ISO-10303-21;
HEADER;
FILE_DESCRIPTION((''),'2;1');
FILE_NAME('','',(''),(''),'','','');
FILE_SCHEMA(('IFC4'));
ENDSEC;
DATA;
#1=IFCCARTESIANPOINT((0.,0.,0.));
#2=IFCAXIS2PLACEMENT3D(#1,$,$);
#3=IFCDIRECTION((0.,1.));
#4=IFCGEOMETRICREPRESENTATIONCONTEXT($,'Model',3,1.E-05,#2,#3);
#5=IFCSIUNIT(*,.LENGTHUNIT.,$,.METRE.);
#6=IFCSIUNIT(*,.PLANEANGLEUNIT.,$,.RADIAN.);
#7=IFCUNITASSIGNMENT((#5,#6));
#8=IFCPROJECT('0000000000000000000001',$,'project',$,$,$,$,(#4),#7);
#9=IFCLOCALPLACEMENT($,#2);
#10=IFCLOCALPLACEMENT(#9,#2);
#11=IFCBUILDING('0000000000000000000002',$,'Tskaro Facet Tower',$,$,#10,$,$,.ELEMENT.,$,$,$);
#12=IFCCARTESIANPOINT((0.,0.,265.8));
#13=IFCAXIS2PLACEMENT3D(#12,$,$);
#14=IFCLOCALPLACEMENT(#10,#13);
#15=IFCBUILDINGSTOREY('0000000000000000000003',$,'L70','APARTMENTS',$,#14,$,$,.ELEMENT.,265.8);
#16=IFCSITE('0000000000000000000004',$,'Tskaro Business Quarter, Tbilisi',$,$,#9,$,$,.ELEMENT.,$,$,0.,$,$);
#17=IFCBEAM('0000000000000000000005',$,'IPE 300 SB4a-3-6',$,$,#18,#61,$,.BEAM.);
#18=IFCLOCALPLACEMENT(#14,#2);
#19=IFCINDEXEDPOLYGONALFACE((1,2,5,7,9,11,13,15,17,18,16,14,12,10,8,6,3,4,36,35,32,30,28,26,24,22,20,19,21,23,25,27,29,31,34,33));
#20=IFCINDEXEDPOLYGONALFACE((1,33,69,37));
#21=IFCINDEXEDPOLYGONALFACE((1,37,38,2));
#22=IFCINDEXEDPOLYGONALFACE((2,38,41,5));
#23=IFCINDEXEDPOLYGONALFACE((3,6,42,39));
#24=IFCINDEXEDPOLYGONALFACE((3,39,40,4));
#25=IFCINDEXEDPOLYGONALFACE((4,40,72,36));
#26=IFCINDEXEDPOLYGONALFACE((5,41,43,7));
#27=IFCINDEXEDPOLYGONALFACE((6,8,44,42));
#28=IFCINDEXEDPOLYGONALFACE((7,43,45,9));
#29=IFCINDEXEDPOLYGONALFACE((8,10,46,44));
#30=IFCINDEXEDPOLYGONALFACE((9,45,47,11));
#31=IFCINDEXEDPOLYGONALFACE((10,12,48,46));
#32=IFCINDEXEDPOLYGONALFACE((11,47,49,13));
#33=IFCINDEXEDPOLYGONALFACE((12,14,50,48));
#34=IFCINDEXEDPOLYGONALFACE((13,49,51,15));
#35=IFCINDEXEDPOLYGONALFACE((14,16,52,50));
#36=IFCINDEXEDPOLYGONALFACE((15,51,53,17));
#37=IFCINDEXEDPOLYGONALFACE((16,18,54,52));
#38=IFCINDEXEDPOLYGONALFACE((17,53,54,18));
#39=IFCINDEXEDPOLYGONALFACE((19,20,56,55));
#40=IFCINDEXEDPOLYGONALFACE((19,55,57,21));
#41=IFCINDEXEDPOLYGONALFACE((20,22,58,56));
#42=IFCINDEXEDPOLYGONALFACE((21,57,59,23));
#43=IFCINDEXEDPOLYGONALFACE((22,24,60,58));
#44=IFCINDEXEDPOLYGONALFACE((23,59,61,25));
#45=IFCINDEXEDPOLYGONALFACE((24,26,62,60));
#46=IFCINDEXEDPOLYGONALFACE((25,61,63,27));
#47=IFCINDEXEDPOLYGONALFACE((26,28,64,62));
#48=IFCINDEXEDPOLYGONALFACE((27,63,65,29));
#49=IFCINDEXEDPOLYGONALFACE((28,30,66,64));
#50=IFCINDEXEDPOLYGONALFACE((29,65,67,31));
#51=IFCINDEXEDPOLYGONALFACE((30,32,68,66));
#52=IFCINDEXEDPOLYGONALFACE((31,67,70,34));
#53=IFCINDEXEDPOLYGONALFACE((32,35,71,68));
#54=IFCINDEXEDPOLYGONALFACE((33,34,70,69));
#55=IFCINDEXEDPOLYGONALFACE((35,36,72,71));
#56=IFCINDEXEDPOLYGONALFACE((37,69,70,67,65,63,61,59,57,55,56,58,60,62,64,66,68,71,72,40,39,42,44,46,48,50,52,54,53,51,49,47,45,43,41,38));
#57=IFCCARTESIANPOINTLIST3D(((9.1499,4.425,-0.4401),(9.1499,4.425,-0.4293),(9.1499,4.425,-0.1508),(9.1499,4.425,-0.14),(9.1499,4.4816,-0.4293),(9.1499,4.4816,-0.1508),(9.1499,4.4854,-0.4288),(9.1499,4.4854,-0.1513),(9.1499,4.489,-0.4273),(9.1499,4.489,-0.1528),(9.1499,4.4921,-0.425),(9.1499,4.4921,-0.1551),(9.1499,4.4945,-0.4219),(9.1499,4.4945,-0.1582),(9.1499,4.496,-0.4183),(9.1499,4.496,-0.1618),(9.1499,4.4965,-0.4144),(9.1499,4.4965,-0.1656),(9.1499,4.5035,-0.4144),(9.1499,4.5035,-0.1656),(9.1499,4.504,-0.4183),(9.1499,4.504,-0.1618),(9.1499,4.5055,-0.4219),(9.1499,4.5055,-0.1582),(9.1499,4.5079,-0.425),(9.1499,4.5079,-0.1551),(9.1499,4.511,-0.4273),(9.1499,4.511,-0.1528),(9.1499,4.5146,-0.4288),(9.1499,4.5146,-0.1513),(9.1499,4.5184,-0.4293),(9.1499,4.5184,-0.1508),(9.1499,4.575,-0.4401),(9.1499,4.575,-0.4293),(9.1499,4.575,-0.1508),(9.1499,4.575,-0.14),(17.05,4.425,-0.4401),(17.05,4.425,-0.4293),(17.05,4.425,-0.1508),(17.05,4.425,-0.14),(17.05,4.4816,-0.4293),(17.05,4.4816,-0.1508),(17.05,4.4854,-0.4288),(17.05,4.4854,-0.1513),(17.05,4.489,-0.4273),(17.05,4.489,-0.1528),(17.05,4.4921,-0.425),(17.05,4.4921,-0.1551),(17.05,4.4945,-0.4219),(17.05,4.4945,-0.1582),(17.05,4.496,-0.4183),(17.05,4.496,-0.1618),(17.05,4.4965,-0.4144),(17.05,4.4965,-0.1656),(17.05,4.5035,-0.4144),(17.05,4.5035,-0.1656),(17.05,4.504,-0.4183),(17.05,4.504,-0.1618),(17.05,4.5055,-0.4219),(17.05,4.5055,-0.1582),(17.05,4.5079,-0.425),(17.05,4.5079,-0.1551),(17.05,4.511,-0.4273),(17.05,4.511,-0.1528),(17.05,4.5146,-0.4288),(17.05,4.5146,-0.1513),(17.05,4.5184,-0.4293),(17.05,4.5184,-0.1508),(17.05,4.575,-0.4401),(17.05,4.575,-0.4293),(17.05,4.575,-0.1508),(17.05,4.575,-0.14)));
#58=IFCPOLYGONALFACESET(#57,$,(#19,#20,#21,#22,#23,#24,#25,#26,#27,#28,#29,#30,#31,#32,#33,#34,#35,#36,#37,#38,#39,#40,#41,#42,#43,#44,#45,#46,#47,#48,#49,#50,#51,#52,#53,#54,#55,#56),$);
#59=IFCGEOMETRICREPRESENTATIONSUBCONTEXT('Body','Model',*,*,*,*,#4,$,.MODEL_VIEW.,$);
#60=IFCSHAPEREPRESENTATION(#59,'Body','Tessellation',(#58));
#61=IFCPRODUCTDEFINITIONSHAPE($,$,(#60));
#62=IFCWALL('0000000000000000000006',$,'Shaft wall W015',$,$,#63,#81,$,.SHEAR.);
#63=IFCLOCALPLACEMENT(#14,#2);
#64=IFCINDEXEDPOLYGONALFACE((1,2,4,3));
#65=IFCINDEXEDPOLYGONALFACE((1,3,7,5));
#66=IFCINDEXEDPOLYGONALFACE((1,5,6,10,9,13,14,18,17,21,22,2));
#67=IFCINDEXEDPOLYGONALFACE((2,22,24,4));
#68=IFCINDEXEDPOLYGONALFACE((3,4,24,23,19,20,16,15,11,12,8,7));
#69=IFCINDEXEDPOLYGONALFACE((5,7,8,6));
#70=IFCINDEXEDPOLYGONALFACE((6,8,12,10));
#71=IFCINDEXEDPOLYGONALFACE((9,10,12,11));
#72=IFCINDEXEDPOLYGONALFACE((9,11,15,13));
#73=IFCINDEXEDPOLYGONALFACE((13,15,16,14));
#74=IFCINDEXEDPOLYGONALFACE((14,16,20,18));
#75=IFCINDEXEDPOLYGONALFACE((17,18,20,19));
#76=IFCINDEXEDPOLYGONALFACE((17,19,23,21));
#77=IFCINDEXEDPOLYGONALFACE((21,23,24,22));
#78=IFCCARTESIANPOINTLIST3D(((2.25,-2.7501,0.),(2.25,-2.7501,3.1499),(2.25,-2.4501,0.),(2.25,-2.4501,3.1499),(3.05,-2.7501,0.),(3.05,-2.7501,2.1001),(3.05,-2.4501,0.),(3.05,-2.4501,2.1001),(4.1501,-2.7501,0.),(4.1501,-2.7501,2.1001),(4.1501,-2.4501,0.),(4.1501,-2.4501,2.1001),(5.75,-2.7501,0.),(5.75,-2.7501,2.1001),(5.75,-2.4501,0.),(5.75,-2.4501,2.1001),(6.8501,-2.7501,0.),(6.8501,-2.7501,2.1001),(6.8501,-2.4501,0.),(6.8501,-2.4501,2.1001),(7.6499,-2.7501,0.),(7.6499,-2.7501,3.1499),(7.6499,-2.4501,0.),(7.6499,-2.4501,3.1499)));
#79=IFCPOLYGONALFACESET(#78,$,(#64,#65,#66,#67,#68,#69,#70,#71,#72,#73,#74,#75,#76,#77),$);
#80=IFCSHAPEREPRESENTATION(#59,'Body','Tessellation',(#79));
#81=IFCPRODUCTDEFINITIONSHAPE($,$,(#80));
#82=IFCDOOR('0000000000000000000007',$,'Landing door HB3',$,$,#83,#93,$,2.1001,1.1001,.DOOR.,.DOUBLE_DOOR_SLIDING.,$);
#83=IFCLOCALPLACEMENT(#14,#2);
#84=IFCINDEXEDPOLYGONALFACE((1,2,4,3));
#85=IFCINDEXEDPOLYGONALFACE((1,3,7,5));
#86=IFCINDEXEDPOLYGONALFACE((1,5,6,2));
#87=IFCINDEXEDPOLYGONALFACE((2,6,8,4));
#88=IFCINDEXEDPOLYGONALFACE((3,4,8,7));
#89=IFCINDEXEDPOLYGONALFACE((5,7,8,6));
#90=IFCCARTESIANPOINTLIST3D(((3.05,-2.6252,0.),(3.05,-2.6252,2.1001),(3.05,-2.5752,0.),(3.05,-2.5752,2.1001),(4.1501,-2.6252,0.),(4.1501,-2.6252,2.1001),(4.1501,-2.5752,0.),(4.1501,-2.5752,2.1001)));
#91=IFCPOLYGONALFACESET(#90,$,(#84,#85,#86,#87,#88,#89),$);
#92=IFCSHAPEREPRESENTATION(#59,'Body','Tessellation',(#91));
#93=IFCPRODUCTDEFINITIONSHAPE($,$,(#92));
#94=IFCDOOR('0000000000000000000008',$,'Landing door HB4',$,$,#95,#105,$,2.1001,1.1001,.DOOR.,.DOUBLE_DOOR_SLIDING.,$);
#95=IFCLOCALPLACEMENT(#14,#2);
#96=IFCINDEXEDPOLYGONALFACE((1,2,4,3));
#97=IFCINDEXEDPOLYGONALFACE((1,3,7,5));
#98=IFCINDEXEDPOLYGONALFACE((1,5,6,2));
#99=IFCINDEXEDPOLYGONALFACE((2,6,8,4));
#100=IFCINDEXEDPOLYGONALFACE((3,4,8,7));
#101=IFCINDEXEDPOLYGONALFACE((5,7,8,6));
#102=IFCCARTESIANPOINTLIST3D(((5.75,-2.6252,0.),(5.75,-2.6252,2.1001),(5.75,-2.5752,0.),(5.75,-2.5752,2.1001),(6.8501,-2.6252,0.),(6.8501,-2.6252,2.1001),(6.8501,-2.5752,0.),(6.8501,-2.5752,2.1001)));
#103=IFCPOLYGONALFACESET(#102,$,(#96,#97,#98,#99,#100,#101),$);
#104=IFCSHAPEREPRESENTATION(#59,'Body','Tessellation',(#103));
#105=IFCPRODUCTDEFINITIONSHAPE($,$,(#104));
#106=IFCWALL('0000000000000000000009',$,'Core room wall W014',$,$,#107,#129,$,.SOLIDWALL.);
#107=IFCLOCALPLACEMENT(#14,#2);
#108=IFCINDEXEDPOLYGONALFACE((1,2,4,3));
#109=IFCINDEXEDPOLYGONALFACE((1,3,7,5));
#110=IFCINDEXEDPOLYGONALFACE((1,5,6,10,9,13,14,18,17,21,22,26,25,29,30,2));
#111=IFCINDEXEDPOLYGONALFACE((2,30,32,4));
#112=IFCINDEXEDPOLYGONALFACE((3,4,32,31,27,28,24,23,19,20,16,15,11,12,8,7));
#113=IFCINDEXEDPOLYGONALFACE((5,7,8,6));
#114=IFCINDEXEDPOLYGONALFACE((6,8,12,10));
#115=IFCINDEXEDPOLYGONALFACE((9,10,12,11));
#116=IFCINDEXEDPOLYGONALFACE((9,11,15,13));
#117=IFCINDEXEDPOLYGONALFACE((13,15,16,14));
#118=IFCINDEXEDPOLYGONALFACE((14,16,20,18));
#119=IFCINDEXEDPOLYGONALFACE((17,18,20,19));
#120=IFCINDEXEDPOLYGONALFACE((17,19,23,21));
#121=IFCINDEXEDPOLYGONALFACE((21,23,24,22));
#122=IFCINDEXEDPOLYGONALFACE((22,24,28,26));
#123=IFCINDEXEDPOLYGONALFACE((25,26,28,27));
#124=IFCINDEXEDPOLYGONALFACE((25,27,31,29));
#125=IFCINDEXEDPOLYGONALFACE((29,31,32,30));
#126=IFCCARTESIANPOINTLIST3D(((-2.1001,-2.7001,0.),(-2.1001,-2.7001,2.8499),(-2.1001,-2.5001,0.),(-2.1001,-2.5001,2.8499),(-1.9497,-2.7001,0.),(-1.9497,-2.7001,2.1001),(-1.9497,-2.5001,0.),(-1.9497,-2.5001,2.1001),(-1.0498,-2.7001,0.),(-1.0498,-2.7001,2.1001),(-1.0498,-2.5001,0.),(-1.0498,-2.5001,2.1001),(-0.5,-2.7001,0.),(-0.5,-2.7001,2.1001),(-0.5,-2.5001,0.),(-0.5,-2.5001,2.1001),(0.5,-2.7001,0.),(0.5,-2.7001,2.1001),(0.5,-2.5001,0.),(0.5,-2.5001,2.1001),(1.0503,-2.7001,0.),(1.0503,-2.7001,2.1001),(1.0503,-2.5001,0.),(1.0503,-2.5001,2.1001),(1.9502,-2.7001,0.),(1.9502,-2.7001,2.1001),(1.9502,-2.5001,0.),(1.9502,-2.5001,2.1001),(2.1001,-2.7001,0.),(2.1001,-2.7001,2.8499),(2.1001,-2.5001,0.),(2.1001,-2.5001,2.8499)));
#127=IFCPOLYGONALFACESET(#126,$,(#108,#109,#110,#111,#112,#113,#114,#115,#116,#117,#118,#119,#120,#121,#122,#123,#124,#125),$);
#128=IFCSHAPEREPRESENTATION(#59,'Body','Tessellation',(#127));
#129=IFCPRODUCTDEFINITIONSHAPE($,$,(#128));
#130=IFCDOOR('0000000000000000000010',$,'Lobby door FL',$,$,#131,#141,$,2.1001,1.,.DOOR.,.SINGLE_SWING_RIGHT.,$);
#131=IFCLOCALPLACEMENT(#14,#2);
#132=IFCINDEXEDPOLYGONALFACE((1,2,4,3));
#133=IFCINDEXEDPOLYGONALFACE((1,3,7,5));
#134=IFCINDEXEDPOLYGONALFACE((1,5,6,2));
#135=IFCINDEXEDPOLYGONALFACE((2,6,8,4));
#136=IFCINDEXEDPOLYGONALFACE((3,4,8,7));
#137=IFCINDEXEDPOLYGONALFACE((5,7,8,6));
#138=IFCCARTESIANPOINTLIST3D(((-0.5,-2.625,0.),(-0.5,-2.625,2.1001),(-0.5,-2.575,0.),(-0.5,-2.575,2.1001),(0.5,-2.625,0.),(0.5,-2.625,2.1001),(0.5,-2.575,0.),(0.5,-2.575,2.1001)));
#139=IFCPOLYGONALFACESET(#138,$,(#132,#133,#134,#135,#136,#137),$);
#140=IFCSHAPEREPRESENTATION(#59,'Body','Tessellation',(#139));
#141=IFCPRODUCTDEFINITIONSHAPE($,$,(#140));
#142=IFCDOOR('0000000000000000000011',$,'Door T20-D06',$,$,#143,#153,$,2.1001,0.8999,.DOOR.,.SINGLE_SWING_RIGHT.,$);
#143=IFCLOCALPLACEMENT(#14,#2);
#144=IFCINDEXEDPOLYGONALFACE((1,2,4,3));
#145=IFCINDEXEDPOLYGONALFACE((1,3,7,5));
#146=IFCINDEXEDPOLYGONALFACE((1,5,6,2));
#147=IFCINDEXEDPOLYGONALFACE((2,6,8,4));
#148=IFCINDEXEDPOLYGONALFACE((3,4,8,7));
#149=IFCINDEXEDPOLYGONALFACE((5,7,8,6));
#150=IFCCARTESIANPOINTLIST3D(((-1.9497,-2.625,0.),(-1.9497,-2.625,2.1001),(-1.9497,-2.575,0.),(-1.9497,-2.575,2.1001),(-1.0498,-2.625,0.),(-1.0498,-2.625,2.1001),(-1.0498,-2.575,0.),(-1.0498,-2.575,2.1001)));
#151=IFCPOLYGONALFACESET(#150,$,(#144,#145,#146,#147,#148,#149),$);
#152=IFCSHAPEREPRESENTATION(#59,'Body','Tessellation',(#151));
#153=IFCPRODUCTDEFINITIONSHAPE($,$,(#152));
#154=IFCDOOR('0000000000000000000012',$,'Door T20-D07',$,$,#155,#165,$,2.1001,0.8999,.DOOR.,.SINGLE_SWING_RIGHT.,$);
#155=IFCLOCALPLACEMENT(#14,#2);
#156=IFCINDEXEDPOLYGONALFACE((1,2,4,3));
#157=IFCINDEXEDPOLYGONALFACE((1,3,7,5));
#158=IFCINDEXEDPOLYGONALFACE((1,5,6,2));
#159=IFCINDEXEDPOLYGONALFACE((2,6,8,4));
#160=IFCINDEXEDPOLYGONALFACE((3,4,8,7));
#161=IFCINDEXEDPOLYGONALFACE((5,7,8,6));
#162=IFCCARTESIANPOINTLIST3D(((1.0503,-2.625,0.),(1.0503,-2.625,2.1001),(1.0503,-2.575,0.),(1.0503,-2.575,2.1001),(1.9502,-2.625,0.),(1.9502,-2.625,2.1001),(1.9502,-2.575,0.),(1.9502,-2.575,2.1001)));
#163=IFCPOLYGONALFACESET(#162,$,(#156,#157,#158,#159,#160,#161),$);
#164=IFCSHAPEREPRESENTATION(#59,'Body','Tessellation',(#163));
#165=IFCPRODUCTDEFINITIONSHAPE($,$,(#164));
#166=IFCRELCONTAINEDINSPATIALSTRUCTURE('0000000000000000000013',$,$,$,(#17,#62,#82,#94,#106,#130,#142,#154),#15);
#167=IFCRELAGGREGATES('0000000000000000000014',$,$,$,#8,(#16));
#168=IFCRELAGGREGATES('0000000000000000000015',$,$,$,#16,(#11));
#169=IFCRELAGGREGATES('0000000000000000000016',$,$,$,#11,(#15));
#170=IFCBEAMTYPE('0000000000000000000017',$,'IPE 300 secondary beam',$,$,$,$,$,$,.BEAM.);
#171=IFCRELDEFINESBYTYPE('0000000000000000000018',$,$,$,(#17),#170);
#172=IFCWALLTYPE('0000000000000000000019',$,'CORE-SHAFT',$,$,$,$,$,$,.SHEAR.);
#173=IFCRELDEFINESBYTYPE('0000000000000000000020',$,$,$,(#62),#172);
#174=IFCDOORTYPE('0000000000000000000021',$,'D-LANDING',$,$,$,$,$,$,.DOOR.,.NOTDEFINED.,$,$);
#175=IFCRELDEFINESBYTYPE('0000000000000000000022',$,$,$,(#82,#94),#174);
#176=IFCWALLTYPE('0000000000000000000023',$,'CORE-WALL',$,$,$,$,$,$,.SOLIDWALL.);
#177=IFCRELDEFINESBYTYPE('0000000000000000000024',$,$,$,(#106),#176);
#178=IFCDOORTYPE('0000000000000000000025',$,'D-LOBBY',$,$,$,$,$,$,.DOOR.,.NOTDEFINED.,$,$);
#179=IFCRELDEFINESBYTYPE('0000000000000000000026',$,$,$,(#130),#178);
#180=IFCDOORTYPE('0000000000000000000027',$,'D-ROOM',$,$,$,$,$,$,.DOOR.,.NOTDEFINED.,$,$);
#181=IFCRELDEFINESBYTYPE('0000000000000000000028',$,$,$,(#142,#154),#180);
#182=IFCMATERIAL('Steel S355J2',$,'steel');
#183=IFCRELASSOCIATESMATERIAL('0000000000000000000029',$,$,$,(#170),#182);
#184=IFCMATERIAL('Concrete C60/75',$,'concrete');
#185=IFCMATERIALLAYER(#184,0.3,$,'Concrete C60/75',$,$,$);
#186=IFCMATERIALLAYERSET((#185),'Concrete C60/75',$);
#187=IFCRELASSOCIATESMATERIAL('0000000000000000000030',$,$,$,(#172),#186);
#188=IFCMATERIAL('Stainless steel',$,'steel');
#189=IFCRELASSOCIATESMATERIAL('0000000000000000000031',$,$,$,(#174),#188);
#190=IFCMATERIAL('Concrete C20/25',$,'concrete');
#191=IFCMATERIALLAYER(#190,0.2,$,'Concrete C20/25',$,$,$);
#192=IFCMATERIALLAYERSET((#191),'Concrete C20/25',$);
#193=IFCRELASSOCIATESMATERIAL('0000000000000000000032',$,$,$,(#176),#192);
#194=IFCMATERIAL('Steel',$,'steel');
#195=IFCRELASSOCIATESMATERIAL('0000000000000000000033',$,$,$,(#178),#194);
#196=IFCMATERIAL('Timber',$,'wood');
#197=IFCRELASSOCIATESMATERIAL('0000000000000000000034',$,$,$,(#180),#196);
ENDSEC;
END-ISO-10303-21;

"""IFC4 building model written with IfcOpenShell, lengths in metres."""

from ifc_helpers import new_model, si_unit, direction, frame, frame_2d, origin, origin_2d, place, context, subcontext, project, spatial, rectangle, i_section, extrude, material, layer, layer_set, material_profile, profile_set, type_object, element, fill, save


model = new_model("IFC4")

# Units and contexts
model_context = context("Model", 3, precision=1e-05, world=origin(), true_north=direction((0.0, 1.0)))
body_context = subcontext(model_context, "Body", "Model", "MODEL_VIEW")
ifc_project = project(units=[si_unit("LENGTHUNIT", "METRE"), si_unit("PLANEANGLEUNIT", "RADIAN")], contexts=[model_context])

# Site, building, storey
site_placement = place(None, origin())
site = spatial("IfcSite", under=ifc_project, at=site_placement, Name="Tskaro Business Quarter, Tbilisi", CompositionType="ELEMENT", RefElevation=0.0)
building_placement = place(site_placement, origin())
building = spatial("IfcBuilding", under=site, at=building_placement, Name="Tskaro Facet Tower", CompositionType="ELEMENT")
storey_placement = place(building_placement, frame((0.0, 0.0, 265.8)))
storey = spatial("IfcBuildingStorey", under=building, at=storey_placement, Name="L70", Description="APARTMENTS", CompositionType="ELEMENT", Elevation=265.8)

# Beam
ifc_material_1 = material(Name="Steel S355J2", Category="steel")
ifc_material_profile_1 = material_profile(ifc_material_1, i_section(OverallWidth=0.1499, OverallDepth=0.3, WebThickness=0.0071, FlangeThickness=0.0107, FilletRadius=0.0149, at=origin_2d()), Name="IPE 300")
ifc_profile_set_1 = profile_set([ifc_material_profile_1], Name="Steel S355J2")
beam_type_1 = type_object("IfcBeamType", Name="IPE 300 secondary beam", PredefinedType="BEAM", material=ifc_profile_set_1)
beam_1_placement = place(storey_placement, frame((9.1499, 4.5, -0.29), z_axis=(1.0, 0.0, 0.0), x_axis=(0.0, 1.0, 0.0)))
element("IfcBeam", 1, at=beam_1_placement, inside=storey, type_object=beam_type_1, Name="IPE 300 SB4a-3-6", PredefinedType="BEAM", context=body_context, shape_type="SweptSolid", body=[
    extrude(i_section(OverallWidth=0.1499, OverallDepth=0.3, WebThickness=0.0071, FlangeThickness=0.0107, FilletRadius=0.0149, at=origin_2d()), origin(), (0.0, 0.0, 1.0), 7.9001),
])

# Walls, openings, doors
ifc_material_2 = material(Name="Concrete C60/75", Category="concrete")
ifc_layer_1 = layer(ifc_material_2, 0.3, Name="Concrete C60/75")
ifc_layer_set_1 = layer_set([ifc_layer_1], Name="Concrete C60/75")
wall_type_1 = type_object("IfcWallType", Name="CORE-SHAFT", PredefinedType="SHEAR", material=ifc_layer_set_1)
wall_1_placement = place(storey_placement, frame((2.25, -2.6001, 0.0), z_axis=(0.0, 0.0, 1.0), x_axis=(1.0, 0.0, 0.0)))
wall_1 = element("IfcWall", 2, at=wall_1_placement, inside=storey, type_object=wall_type_1, Name="Shaft wall W015", PredefinedType="SHEAR", context=body_context, shape_type="SweptSolid", body=[
    extrude(rectangle(XDim=5.3999, YDim=0.3, at=frame_2d((2.7, 0.0))), origin(), (0.0, 0.0, 1.0), 3.1499),
])
opening_1_placement = place(wall_1_placement, frame((0.8, 0.0, 0.0)))
opening_1 = element("IfcOpeningElement", 3, at=opening_1_placement, cuts=wall_1, PredefinedType="OPENING", context=body_context, shape_type="SweptSolid", body=[
    extrude(rectangle(XDim=1.1001, YDim=2.1001, at=frame_2d((0.55, 1.05))), frame((0.0, 0.1599, 0.0), z_axis=(0.0, -1.0, 0.0), x_axis=(1.0, 0.0, 0.0)), (0.0, 0.0, 1.0), 0.3201),
])
opening_2_placement = place(wall_1_placement, frame((3.5, 0.0, 0.0)))
opening_2 = element("IfcOpeningElement", 4, at=opening_2_placement, cuts=wall_1, PredefinedType="OPENING", context=body_context, shape_type="SweptSolid", body=[
    extrude(rectangle(XDim=1.1001, YDim=2.1001, at=frame_2d((0.55, 1.05))), frame((0.0, 0.1599, 0.0), z_axis=(0.0, -1.0, 0.0), x_axis=(1.0, 0.0, 0.0)), (0.0, 0.0, 1.0), 0.3201),
])
ifc_material_3 = material(Name="Stainless steel", Category="steel")
door_type_1 = type_object("IfcDoorType", Name="D-LANDING", OperationType="NOTDEFINED", PredefinedType="DOOR", material=ifc_material_3)
door_1_placement = place(opening_1_placement, origin())
door_1 = element("IfcDoor", 5, at=door_1_placement, inside=storey, type_object=door_type_1, Name="Landing door HB3", OperationType="DOUBLE_DOOR_SLIDING", OverallHeight=2.1001, OverallWidth=1.1001, PredefinedType="DOOR", context=body_context, shape_type="SweptSolid", body=[
    extrude(rectangle(XDim=1.1001, YDim=2.1001, at=frame_2d((0.55, 1.05))), frame((0.0, 0.0249, 0.0), z_axis=(0.0, -1.0, 0.0), x_axis=(1.0, 0.0, 0.0)), (0.0, 0.0, 1.0), 0.05),
])
fill(opening_1, door_1)
door_2_placement = place(opening_2_placement, origin())
door_2 = element("IfcDoor", 6, at=door_2_placement, inside=storey, type_object=door_type_1, Name="Landing door HB4", OperationType="DOUBLE_DOOR_SLIDING", OverallHeight=2.1001, OverallWidth=1.1001, PredefinedType="DOOR", context=body_context, shape_type="SweptSolid", body=[
    extrude(rectangle(XDim=1.1001, YDim=2.1001, at=frame_2d((0.55, 1.05))), frame((0.0, 0.0249, 0.0), z_axis=(0.0, -1.0, 0.0), x_axis=(1.0, 0.0, 0.0)), (0.0, 0.0, 1.0), 0.05),
])
fill(opening_2, door_2)
ifc_material_4 = material(Name="Concrete C20/25", Category="concrete")
ifc_layer_2 = layer(ifc_material_4, 0.2, Name="Concrete C20/25")
ifc_layer_set_2 = layer_set([ifc_layer_2], Name="Concrete C20/25")
wall_type_2 = type_object("IfcWallType", Name="CORE-WALL", PredefinedType="SOLIDWALL", material=ifc_layer_set_2)
wall_2_placement = place(storey_placement, frame((2.1001, -2.6001, 0.0), z_axis=(0.0, 0.0, 1.0), x_axis=(-1.0, 0.0, 0.0)))
wall_2 = element("IfcWall", 7, at=wall_2_placement, inside=storey, type_object=wall_type_2, Name="Core room wall W014", PredefinedType="SOLIDWALL", context=body_context, shape_type="SweptSolid", body=[
    extrude(rectangle(XDim=4.2002, YDim=0.2, at=frame_2d((2.1001, 0.0))), origin(), (0.0, 0.0, 1.0), 2.8499),
])
opening_3_placement = place(wall_2_placement, frame((1.6001, 0.0, 0.0)))
opening_3 = element("IfcOpeningElement", 8, at=opening_3_placement, cuts=wall_2, PredefinedType="OPENING", context=body_context, shape_type="SweptSolid", body=[
    extrude(rectangle(XDim=1.0, YDim=2.1001, at=frame_2d((0.5, 1.05))), frame((0.0, 0.1099, 0.0), z_axis=(0.0, -1.0, 0.0), x_axis=(1.0, 0.0, 0.0)), (0.0, 0.0, 1.0), 0.22),
])
opening_4_placement = place(wall_2_placement, frame((3.1499, 0.0, 0.0)))
opening_4 = element("IfcOpeningElement", 9, at=opening_4_placement, cuts=wall_2, PredefinedType="OPENING", context=body_context, shape_type="SweptSolid", body=[
    extrude(rectangle(XDim=0.8999, YDim=2.1001, at=frame_2d((0.45, 1.05))), frame((0.0, 0.1099, 0.0), z_axis=(0.0, -1.0, 0.0), x_axis=(1.0, 0.0, 0.0)), (0.0, 0.0, 1.0), 0.22),
])
opening_5_placement = place(wall_2_placement, frame((0.1499, 0.0, 0.0)))
opening_5 = element("IfcOpeningElement", 10, at=opening_5_placement, cuts=wall_2, PredefinedType="OPENING", context=body_context, shape_type="SweptSolid", body=[
    extrude(rectangle(XDim=0.8999, YDim=2.1001, at=frame_2d((0.45, 1.05))), frame((0.0, 0.1099, 0.0), z_axis=(0.0, -1.0, 0.0), x_axis=(1.0, 0.0, 0.0)), (0.0, 0.0, 1.0), 0.22),
])
ifc_material_5 = material(Name="Steel", Category="steel")
door_type_2 = type_object("IfcDoorType", Name="D-LOBBY", OperationType="NOTDEFINED", PredefinedType="DOOR", material=ifc_material_5)
door_3_placement = place(opening_3_placement, origin())
door_3 = element("IfcDoor", 11, at=door_3_placement, inside=storey, type_object=door_type_2, Name="Lobby door FL", OperationType="SINGLE_SWING_RIGHT", OverallHeight=2.1001, OverallWidth=1.0, PredefinedType="DOOR", context=body_context, shape_type="SweptSolid", body=[
    extrude(rectangle(XDim=1.0, YDim=2.1001, at=frame_2d((0.5, 1.05))), frame((0.0, 0.0249, 0.0), z_axis=(0.0, -1.0, 0.0), x_axis=(1.0, 0.0, 0.0)), (0.0, 0.0, 1.0), 0.05),
])
fill(opening_3, door_3)
ifc_material_6 = material(Name="Timber", Category="wood")
door_type_3 = type_object("IfcDoorType", Name="D-ROOM", OperationType="NOTDEFINED", PredefinedType="DOOR", material=ifc_material_6)
door_4_placement = place(opening_4_placement, origin())
door_4 = element("IfcDoor", 12, at=door_4_placement, inside=storey, type_object=door_type_3, Name="Door T20-D06", OperationType="SINGLE_SWING_RIGHT", OverallHeight=2.1001, OverallWidth=0.8999, PredefinedType="DOOR", context=body_context, shape_type="SweptSolid", body=[
    extrude(rectangle(XDim=0.8999, YDim=2.1001, at=frame_2d((0.45, 1.05))), frame((0.0, 0.0249, 0.0), z_axis=(0.0, -1.0, 0.0), x_axis=(1.0, 0.0, 0.0)), (0.0, 0.0, 1.0), 0.05),
])
fill(opening_4, door_4)
door_5_placement = place(opening_5_placement, origin())
door_5 = element("IfcDoor", 13, at=door_5_placement, inside=storey, type_object=door_type_3, Name="Door T20-D07", OperationType="SINGLE_SWING_RIGHT", OverallHeight=2.1001, OverallWidth=0.8999, PredefinedType="DOOR", context=body_context, shape_type="SweptSolid", body=[
    extrude(rectangle(XDim=0.8999, YDim=2.1001, at=frame_2d((0.45, 1.05))), frame((0.0, 0.0249, 0.0), z_axis=(0.0, -1.0, 0.0), x_axis=(1.0, 0.0, 0.0)), (0.0, 0.0, 1.0), 0.05),
])
fill(opening_5, door_5)

save(model, "model.ifc")
